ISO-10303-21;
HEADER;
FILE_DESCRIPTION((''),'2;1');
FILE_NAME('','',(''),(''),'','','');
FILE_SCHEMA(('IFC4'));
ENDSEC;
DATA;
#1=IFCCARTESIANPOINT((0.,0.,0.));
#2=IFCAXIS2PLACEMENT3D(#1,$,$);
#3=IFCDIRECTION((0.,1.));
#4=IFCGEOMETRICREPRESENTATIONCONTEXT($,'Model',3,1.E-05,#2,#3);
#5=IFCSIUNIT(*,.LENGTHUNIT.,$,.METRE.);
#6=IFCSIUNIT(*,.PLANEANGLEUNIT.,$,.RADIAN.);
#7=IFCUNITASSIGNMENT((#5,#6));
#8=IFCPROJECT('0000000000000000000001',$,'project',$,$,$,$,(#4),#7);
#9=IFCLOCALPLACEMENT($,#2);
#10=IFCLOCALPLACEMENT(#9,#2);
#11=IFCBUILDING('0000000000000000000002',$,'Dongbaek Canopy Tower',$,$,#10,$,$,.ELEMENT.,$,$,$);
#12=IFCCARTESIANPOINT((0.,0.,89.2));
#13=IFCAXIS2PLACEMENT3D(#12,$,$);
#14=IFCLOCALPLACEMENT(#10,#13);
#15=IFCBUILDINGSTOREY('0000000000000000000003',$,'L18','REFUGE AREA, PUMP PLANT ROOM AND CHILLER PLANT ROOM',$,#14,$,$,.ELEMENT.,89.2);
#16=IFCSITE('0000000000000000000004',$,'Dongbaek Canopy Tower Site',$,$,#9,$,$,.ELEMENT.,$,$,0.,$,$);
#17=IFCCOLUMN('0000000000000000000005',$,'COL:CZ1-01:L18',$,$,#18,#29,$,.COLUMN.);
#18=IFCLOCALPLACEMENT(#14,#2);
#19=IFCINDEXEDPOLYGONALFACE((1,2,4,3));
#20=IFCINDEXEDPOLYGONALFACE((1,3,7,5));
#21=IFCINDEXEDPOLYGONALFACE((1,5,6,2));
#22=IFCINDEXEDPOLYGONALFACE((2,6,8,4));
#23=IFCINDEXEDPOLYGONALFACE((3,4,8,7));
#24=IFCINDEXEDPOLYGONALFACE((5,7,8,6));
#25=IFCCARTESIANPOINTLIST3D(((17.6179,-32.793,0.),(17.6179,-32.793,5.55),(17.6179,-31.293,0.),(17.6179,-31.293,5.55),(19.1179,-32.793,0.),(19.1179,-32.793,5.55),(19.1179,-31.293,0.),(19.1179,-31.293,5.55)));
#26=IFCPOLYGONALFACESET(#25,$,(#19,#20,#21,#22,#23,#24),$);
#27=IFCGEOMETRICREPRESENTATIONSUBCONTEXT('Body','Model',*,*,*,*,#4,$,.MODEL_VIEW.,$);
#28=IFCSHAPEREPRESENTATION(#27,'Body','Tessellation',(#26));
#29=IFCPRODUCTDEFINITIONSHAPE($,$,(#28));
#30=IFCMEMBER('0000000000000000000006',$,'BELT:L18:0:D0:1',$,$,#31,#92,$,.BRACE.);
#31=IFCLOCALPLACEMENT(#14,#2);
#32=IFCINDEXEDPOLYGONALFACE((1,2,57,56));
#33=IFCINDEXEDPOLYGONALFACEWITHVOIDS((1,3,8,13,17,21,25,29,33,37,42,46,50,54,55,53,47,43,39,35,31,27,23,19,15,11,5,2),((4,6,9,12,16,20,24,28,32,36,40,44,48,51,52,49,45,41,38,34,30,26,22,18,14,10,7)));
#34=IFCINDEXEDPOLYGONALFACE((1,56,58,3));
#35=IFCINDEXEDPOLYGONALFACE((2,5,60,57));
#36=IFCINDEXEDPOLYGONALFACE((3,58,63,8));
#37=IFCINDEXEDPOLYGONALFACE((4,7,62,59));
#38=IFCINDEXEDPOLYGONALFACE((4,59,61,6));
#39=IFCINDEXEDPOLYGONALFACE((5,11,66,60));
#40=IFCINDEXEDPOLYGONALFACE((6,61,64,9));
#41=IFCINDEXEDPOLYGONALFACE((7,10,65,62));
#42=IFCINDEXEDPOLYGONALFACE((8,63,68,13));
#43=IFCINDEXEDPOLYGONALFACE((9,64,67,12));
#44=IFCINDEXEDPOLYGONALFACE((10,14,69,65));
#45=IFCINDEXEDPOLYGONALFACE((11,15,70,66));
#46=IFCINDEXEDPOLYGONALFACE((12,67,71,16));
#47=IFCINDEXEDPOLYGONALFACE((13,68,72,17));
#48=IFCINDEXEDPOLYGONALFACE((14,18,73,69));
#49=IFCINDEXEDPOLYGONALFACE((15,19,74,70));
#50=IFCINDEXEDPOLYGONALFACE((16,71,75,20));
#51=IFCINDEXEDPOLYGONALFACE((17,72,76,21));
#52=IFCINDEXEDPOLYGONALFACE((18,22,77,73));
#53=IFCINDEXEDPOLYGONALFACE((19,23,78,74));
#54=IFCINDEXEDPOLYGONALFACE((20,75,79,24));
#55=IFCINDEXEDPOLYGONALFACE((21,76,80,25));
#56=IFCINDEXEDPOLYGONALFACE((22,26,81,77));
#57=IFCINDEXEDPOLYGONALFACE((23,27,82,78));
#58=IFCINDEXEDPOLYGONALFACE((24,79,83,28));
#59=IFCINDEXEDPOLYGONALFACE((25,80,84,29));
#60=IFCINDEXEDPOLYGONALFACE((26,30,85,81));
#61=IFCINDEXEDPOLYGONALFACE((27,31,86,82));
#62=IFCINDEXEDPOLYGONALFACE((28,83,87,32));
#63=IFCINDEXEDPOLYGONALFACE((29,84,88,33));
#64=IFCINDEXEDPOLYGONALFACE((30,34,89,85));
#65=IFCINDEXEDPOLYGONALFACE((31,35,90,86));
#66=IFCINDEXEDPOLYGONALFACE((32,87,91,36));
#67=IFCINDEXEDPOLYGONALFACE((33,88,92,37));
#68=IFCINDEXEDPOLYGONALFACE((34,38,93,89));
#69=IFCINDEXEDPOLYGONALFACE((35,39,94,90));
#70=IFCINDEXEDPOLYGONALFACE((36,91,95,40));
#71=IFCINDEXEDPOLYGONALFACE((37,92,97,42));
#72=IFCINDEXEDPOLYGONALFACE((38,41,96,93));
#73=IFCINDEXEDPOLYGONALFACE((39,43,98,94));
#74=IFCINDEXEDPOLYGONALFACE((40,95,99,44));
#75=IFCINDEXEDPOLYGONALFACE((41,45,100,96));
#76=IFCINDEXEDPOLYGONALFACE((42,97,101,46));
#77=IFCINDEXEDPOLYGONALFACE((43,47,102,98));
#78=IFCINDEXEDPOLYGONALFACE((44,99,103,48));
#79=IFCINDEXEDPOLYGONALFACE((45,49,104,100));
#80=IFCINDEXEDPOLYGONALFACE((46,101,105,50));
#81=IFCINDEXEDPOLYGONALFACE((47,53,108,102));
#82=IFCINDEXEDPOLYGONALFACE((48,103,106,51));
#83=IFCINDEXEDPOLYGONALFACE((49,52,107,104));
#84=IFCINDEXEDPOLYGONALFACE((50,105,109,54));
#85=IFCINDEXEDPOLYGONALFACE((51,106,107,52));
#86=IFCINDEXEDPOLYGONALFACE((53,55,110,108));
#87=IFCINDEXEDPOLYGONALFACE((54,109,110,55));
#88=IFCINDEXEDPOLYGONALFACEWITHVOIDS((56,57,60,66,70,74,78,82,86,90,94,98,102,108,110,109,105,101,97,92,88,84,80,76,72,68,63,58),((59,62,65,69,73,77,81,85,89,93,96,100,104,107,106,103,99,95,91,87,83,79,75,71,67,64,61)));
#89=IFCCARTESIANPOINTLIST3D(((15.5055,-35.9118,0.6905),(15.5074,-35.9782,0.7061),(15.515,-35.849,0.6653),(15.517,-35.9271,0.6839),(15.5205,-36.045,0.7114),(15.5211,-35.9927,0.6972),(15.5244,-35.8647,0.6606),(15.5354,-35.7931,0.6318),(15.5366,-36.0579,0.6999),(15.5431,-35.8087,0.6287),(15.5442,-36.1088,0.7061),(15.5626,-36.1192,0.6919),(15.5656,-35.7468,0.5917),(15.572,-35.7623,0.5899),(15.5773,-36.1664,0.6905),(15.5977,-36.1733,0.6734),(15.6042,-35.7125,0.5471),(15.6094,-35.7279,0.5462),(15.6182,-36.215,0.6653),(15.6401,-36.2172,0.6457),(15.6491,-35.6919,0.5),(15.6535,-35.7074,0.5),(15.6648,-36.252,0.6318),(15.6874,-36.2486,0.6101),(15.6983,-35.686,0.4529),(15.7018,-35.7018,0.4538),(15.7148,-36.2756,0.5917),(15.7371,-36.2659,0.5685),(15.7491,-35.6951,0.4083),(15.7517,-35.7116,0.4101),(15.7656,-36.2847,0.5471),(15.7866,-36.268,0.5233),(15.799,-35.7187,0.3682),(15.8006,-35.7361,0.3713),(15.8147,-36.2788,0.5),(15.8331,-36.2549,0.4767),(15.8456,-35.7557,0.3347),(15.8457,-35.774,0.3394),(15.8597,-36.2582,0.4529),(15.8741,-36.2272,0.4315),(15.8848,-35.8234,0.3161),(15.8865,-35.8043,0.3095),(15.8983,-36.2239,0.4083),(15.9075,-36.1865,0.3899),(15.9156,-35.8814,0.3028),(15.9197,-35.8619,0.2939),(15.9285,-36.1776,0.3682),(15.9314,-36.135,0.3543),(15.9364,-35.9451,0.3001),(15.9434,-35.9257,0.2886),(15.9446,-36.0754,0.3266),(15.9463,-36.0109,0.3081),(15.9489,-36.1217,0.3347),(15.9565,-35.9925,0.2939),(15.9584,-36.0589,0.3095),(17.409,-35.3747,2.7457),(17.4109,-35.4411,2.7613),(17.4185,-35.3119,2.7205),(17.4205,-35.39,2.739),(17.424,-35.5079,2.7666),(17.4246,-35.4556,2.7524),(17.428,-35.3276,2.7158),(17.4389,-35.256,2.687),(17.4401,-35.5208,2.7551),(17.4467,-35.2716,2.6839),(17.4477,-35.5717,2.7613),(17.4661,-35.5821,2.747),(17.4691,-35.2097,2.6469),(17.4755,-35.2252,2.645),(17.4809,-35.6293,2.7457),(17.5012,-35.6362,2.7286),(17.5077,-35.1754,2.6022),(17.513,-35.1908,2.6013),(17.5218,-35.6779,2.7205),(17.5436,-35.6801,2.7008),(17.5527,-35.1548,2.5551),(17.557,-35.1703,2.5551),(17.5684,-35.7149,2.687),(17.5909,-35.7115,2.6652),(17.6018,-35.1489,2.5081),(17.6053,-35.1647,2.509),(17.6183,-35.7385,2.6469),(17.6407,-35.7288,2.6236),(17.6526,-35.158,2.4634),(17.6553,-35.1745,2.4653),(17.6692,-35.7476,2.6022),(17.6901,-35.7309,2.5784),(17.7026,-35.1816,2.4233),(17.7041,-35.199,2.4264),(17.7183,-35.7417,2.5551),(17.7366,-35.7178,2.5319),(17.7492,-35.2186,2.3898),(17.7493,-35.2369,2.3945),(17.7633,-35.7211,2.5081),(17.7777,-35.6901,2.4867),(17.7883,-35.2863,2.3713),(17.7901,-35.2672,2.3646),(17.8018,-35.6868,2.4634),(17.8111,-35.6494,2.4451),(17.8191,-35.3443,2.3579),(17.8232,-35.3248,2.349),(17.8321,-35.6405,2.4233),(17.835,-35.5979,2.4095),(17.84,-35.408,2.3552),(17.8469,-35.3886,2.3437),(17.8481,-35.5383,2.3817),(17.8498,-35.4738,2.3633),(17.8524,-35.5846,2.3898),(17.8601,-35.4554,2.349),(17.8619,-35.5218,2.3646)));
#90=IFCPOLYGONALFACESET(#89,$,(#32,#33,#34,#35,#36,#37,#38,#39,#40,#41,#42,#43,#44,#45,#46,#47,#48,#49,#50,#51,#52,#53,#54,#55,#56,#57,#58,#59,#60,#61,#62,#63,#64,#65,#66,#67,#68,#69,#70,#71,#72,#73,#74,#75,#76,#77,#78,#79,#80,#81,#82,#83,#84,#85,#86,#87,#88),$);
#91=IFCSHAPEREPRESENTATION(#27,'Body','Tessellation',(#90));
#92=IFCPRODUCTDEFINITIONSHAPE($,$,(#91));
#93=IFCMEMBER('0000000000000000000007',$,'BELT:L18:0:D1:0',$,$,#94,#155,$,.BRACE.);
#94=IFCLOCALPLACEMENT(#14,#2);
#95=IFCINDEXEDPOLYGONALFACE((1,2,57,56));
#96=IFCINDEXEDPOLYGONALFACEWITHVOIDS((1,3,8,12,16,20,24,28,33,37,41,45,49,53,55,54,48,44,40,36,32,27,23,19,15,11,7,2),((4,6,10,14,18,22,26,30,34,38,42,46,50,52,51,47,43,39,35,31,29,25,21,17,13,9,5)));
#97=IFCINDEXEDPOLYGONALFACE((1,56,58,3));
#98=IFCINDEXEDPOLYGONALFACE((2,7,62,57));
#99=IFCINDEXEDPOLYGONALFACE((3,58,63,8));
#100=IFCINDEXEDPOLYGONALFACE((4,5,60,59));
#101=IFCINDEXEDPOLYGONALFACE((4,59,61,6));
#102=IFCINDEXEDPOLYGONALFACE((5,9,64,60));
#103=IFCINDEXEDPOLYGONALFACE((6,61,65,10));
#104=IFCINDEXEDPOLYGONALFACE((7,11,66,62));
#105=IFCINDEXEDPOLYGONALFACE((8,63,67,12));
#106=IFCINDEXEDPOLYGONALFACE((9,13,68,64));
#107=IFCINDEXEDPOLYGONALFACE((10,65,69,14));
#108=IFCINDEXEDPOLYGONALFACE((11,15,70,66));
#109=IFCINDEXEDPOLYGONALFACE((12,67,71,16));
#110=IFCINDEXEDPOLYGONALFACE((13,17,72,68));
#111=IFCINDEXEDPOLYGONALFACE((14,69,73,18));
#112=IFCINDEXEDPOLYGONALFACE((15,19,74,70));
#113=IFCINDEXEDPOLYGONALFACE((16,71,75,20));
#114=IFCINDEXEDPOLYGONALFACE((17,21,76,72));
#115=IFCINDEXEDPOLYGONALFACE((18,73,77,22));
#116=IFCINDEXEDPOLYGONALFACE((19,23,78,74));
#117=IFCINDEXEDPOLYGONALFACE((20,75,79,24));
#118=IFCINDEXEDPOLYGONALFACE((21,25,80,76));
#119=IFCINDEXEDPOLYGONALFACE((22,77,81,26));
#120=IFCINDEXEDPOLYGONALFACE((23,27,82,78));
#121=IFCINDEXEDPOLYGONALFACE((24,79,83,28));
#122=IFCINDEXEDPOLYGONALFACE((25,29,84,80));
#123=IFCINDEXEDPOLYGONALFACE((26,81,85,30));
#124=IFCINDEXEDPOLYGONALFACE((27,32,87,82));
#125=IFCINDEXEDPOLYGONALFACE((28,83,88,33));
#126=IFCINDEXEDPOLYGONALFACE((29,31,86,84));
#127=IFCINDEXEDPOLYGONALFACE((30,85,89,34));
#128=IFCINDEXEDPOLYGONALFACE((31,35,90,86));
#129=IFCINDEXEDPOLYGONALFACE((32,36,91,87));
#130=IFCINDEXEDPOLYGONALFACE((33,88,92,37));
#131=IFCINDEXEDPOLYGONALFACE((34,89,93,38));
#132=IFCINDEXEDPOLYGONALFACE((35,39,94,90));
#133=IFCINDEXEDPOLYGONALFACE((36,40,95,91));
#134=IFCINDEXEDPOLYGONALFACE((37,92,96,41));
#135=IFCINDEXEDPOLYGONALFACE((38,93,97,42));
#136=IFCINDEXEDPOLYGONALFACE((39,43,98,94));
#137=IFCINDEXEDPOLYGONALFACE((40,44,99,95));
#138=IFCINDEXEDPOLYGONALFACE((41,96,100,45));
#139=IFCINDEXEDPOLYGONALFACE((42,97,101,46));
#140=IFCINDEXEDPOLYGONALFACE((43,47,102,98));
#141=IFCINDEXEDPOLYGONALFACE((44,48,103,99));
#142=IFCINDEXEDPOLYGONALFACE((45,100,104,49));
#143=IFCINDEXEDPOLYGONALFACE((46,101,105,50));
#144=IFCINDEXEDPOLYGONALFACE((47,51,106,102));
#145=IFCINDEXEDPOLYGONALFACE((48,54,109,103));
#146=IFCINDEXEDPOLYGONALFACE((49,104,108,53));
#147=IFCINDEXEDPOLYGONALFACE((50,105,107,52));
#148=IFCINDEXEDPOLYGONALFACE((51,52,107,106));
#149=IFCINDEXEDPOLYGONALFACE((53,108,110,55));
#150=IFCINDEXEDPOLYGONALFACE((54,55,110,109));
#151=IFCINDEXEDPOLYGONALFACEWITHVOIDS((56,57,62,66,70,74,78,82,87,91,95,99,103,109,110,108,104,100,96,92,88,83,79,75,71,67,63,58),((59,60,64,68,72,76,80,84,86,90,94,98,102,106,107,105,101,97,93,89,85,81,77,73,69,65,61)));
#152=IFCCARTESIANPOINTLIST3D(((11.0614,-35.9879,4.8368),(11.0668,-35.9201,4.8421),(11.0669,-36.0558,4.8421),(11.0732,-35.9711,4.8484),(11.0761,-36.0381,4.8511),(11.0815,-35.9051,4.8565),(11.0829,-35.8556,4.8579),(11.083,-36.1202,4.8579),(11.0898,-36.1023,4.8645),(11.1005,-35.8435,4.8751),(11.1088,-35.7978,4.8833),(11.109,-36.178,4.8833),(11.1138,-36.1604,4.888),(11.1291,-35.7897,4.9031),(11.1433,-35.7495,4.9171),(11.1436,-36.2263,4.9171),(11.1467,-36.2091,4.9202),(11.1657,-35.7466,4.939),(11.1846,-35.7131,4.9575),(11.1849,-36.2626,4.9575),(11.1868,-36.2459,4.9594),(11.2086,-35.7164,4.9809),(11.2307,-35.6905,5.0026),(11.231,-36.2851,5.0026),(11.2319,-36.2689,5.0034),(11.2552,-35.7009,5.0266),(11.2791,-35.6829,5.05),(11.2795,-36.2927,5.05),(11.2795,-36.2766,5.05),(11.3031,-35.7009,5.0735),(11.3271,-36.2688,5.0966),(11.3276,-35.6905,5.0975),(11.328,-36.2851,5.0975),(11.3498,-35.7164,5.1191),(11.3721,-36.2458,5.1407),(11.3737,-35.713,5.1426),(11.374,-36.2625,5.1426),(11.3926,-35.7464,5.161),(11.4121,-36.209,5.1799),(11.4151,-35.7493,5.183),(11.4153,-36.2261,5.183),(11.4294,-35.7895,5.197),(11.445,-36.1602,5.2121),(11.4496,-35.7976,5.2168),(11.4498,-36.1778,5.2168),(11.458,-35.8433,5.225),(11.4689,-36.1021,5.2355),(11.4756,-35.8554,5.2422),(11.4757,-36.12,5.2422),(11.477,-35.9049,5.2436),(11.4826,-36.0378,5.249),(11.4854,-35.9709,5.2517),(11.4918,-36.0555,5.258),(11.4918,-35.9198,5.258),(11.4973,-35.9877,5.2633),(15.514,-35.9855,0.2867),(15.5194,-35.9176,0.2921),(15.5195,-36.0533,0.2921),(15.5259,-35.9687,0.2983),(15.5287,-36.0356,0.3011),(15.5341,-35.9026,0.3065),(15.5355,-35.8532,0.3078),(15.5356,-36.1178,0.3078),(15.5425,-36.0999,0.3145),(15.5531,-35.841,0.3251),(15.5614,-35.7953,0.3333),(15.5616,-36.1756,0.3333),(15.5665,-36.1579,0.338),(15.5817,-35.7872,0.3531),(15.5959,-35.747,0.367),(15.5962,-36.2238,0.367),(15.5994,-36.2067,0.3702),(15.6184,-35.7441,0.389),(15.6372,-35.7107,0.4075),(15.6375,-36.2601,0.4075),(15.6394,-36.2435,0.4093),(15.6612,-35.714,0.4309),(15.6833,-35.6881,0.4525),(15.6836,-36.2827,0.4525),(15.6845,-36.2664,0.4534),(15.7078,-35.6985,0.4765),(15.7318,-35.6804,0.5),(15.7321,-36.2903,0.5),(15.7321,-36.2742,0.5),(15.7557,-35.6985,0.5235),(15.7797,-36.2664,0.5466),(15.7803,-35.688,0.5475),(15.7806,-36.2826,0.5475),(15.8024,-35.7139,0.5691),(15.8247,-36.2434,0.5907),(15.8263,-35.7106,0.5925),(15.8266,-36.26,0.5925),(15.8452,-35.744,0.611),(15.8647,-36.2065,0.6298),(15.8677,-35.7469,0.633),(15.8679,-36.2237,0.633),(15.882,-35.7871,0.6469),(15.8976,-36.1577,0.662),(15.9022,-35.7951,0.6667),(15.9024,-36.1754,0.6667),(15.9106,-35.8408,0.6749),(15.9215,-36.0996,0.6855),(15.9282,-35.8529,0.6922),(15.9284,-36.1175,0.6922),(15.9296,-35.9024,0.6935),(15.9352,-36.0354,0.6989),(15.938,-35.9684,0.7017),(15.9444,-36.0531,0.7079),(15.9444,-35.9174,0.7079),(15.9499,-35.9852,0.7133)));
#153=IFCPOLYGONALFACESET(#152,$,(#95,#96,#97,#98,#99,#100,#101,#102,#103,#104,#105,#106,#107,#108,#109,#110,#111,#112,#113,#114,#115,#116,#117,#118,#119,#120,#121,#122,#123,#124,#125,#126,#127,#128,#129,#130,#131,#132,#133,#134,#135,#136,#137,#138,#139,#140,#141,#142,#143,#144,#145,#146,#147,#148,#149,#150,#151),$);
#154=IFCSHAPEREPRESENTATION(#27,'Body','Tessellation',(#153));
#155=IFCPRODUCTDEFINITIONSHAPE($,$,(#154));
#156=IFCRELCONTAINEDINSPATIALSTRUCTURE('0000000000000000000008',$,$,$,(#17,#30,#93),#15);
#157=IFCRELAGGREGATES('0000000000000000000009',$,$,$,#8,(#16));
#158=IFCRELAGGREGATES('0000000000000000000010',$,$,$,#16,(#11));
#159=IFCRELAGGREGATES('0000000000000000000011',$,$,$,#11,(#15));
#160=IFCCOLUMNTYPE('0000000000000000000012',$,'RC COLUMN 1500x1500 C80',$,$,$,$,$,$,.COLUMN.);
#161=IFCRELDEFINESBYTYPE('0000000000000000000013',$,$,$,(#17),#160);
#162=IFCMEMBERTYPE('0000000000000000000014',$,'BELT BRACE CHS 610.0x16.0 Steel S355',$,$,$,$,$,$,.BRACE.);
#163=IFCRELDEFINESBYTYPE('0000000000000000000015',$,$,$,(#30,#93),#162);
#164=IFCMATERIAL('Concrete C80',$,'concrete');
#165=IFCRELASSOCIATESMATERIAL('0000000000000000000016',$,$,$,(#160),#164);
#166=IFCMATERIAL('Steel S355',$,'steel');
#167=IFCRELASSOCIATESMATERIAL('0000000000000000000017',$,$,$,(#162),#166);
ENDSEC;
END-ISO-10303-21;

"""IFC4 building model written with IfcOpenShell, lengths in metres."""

from ifc_helpers import new_model, si_unit, direction, frame, origin, origin_2d, place, context, subcontext, project, spatial, rectangle, hollow_circle, extrude, material, material_profile, profile_set, type_object, element, save


model = new_model("IFC4")

# Units and contexts
model_context = context("Model", 3, precision=1e-05, world=origin(), true_north=direction((0.0, 1.0)))
body_context = subcontext(model_context, "Body", "Model", "MODEL_VIEW")
ifc_project = project(units=[si_unit("LENGTHUNIT", "METRE"), si_unit("PLANEANGLEUNIT", "RADIAN")], contexts=[model_context])

# Site, building, storey
site_placement = place(None, origin())
site = spatial("IfcSite", under=ifc_project, at=site_placement, Name="Dongbaek Canopy Tower Site", CompositionType="ELEMENT", RefElevation=0.0)
building_placement = place(site_placement, origin())
building = spatial("IfcBuilding", under=site, at=building_placement, Name="Dongbaek Canopy Tower", CompositionType="ELEMENT")
storey_placement = place(building_placement, frame((0.0, 0.0, 89.2)))
storey = spatial("IfcBuildingStorey", under=building, at=storey_placement, Name="L18", Description="REFUGE AREA, PUMP PLANT ROOM AND CHILLER PLANT ROOM", CompositionType="ELEMENT", Elevation=89.2)

# Column
ifc_material_1 = material(Name="Concrete C80", Category="concrete")
ifc_material_profile_1 = material_profile(ifc_material_1, rectangle(XDim=1.5, YDim=1.5, at=origin_2d()), Name="RC COLUMN 1500x1500 C80")
ifc_profile_set_1 = profile_set([ifc_material_profile_1], Name="Concrete C80")
column_type = type_object("IfcColumnType", Name="RC COLUMN 1500x1500 C80", PredefinedType="COLUMN", material=ifc_profile_set_1)
column_placement = place(storey_placement, frame((18.3679, -32.043, 0.0), z_axis=(0.0, 0.0, 1.0), x_axis=(1.0, 0.0, 0.0)))
element("IfcColumn", 1, at=column_placement, inside=storey, type_object=column_type, Name="COL:CZ1-01:L18", PredefinedType="COLUMN", context=body_context, shape_type="SweptSolid", body=[
    extrude(rectangle(XDim=1.5, YDim=1.5, at=origin_2d()), origin(), (0.0, 0.0, 1.0), 5.55),
])

# Members
ifc_material_2 = material(Name="Steel S355", Category="steel")
ifc_material_profile_2 = material_profile(ifc_material_2, hollow_circle(Radius=0.3049, WallThickness=0.0161, at=origin_2d()), Name="BELT BRACE CHS 610.0x16.0 Steel S355")
ifc_profile_set_2 = profile_set([ifc_material_profile_2], Name="Steel S355")
member_type_1 = type_object("IfcMemberType", Name="BELT BRACE CHS 610.0x16.0 Steel S355", PredefinedType="BRACE", material=ifc_profile_set_2)
member_1_placement = place(storey_placement, frame((15.7319, -35.9854, 0.5), z_axis=(0.667372, 0.188305, 0.720525), x_axis=(-0.271557, 0.962422, 0.0)))
element("IfcMember", 2, at=member_1_placement, inside=storey, type_object=member_type_1, Name="BELT:L18:0:D0:1", PredefinedType="BRACE", context=body_context, shape_type="SweptSolid", body=[
    extrude(hollow_circle(Radius=0.3049, WallThickness=0.0161, at=origin_2d()), origin(), (0.0, 0.0, 1.0), 2.8523),
])
member_2_placement = place(storey_placement, frame((15.7319, -35.9854, 0.5), z_axis=(-0.699415, -0.000383, 0.714716), x_axis=(0.000548, -1.0, 0.0)))
element("IfcMember", 3, at=member_2_placement, inside=storey, type_object=member_type_1, Name="BELT:L18:0:D1:0", PredefinedType="BRACE", context=body_context, shape_type="SweptSolid", body=[
    extrude(hollow_circle(Radius=0.3049, WallThickness=0.0161, at=origin_2d()), origin(), (0.0, 0.0, 1.0), 6.3662),
])

save(model, "model.ifc")
